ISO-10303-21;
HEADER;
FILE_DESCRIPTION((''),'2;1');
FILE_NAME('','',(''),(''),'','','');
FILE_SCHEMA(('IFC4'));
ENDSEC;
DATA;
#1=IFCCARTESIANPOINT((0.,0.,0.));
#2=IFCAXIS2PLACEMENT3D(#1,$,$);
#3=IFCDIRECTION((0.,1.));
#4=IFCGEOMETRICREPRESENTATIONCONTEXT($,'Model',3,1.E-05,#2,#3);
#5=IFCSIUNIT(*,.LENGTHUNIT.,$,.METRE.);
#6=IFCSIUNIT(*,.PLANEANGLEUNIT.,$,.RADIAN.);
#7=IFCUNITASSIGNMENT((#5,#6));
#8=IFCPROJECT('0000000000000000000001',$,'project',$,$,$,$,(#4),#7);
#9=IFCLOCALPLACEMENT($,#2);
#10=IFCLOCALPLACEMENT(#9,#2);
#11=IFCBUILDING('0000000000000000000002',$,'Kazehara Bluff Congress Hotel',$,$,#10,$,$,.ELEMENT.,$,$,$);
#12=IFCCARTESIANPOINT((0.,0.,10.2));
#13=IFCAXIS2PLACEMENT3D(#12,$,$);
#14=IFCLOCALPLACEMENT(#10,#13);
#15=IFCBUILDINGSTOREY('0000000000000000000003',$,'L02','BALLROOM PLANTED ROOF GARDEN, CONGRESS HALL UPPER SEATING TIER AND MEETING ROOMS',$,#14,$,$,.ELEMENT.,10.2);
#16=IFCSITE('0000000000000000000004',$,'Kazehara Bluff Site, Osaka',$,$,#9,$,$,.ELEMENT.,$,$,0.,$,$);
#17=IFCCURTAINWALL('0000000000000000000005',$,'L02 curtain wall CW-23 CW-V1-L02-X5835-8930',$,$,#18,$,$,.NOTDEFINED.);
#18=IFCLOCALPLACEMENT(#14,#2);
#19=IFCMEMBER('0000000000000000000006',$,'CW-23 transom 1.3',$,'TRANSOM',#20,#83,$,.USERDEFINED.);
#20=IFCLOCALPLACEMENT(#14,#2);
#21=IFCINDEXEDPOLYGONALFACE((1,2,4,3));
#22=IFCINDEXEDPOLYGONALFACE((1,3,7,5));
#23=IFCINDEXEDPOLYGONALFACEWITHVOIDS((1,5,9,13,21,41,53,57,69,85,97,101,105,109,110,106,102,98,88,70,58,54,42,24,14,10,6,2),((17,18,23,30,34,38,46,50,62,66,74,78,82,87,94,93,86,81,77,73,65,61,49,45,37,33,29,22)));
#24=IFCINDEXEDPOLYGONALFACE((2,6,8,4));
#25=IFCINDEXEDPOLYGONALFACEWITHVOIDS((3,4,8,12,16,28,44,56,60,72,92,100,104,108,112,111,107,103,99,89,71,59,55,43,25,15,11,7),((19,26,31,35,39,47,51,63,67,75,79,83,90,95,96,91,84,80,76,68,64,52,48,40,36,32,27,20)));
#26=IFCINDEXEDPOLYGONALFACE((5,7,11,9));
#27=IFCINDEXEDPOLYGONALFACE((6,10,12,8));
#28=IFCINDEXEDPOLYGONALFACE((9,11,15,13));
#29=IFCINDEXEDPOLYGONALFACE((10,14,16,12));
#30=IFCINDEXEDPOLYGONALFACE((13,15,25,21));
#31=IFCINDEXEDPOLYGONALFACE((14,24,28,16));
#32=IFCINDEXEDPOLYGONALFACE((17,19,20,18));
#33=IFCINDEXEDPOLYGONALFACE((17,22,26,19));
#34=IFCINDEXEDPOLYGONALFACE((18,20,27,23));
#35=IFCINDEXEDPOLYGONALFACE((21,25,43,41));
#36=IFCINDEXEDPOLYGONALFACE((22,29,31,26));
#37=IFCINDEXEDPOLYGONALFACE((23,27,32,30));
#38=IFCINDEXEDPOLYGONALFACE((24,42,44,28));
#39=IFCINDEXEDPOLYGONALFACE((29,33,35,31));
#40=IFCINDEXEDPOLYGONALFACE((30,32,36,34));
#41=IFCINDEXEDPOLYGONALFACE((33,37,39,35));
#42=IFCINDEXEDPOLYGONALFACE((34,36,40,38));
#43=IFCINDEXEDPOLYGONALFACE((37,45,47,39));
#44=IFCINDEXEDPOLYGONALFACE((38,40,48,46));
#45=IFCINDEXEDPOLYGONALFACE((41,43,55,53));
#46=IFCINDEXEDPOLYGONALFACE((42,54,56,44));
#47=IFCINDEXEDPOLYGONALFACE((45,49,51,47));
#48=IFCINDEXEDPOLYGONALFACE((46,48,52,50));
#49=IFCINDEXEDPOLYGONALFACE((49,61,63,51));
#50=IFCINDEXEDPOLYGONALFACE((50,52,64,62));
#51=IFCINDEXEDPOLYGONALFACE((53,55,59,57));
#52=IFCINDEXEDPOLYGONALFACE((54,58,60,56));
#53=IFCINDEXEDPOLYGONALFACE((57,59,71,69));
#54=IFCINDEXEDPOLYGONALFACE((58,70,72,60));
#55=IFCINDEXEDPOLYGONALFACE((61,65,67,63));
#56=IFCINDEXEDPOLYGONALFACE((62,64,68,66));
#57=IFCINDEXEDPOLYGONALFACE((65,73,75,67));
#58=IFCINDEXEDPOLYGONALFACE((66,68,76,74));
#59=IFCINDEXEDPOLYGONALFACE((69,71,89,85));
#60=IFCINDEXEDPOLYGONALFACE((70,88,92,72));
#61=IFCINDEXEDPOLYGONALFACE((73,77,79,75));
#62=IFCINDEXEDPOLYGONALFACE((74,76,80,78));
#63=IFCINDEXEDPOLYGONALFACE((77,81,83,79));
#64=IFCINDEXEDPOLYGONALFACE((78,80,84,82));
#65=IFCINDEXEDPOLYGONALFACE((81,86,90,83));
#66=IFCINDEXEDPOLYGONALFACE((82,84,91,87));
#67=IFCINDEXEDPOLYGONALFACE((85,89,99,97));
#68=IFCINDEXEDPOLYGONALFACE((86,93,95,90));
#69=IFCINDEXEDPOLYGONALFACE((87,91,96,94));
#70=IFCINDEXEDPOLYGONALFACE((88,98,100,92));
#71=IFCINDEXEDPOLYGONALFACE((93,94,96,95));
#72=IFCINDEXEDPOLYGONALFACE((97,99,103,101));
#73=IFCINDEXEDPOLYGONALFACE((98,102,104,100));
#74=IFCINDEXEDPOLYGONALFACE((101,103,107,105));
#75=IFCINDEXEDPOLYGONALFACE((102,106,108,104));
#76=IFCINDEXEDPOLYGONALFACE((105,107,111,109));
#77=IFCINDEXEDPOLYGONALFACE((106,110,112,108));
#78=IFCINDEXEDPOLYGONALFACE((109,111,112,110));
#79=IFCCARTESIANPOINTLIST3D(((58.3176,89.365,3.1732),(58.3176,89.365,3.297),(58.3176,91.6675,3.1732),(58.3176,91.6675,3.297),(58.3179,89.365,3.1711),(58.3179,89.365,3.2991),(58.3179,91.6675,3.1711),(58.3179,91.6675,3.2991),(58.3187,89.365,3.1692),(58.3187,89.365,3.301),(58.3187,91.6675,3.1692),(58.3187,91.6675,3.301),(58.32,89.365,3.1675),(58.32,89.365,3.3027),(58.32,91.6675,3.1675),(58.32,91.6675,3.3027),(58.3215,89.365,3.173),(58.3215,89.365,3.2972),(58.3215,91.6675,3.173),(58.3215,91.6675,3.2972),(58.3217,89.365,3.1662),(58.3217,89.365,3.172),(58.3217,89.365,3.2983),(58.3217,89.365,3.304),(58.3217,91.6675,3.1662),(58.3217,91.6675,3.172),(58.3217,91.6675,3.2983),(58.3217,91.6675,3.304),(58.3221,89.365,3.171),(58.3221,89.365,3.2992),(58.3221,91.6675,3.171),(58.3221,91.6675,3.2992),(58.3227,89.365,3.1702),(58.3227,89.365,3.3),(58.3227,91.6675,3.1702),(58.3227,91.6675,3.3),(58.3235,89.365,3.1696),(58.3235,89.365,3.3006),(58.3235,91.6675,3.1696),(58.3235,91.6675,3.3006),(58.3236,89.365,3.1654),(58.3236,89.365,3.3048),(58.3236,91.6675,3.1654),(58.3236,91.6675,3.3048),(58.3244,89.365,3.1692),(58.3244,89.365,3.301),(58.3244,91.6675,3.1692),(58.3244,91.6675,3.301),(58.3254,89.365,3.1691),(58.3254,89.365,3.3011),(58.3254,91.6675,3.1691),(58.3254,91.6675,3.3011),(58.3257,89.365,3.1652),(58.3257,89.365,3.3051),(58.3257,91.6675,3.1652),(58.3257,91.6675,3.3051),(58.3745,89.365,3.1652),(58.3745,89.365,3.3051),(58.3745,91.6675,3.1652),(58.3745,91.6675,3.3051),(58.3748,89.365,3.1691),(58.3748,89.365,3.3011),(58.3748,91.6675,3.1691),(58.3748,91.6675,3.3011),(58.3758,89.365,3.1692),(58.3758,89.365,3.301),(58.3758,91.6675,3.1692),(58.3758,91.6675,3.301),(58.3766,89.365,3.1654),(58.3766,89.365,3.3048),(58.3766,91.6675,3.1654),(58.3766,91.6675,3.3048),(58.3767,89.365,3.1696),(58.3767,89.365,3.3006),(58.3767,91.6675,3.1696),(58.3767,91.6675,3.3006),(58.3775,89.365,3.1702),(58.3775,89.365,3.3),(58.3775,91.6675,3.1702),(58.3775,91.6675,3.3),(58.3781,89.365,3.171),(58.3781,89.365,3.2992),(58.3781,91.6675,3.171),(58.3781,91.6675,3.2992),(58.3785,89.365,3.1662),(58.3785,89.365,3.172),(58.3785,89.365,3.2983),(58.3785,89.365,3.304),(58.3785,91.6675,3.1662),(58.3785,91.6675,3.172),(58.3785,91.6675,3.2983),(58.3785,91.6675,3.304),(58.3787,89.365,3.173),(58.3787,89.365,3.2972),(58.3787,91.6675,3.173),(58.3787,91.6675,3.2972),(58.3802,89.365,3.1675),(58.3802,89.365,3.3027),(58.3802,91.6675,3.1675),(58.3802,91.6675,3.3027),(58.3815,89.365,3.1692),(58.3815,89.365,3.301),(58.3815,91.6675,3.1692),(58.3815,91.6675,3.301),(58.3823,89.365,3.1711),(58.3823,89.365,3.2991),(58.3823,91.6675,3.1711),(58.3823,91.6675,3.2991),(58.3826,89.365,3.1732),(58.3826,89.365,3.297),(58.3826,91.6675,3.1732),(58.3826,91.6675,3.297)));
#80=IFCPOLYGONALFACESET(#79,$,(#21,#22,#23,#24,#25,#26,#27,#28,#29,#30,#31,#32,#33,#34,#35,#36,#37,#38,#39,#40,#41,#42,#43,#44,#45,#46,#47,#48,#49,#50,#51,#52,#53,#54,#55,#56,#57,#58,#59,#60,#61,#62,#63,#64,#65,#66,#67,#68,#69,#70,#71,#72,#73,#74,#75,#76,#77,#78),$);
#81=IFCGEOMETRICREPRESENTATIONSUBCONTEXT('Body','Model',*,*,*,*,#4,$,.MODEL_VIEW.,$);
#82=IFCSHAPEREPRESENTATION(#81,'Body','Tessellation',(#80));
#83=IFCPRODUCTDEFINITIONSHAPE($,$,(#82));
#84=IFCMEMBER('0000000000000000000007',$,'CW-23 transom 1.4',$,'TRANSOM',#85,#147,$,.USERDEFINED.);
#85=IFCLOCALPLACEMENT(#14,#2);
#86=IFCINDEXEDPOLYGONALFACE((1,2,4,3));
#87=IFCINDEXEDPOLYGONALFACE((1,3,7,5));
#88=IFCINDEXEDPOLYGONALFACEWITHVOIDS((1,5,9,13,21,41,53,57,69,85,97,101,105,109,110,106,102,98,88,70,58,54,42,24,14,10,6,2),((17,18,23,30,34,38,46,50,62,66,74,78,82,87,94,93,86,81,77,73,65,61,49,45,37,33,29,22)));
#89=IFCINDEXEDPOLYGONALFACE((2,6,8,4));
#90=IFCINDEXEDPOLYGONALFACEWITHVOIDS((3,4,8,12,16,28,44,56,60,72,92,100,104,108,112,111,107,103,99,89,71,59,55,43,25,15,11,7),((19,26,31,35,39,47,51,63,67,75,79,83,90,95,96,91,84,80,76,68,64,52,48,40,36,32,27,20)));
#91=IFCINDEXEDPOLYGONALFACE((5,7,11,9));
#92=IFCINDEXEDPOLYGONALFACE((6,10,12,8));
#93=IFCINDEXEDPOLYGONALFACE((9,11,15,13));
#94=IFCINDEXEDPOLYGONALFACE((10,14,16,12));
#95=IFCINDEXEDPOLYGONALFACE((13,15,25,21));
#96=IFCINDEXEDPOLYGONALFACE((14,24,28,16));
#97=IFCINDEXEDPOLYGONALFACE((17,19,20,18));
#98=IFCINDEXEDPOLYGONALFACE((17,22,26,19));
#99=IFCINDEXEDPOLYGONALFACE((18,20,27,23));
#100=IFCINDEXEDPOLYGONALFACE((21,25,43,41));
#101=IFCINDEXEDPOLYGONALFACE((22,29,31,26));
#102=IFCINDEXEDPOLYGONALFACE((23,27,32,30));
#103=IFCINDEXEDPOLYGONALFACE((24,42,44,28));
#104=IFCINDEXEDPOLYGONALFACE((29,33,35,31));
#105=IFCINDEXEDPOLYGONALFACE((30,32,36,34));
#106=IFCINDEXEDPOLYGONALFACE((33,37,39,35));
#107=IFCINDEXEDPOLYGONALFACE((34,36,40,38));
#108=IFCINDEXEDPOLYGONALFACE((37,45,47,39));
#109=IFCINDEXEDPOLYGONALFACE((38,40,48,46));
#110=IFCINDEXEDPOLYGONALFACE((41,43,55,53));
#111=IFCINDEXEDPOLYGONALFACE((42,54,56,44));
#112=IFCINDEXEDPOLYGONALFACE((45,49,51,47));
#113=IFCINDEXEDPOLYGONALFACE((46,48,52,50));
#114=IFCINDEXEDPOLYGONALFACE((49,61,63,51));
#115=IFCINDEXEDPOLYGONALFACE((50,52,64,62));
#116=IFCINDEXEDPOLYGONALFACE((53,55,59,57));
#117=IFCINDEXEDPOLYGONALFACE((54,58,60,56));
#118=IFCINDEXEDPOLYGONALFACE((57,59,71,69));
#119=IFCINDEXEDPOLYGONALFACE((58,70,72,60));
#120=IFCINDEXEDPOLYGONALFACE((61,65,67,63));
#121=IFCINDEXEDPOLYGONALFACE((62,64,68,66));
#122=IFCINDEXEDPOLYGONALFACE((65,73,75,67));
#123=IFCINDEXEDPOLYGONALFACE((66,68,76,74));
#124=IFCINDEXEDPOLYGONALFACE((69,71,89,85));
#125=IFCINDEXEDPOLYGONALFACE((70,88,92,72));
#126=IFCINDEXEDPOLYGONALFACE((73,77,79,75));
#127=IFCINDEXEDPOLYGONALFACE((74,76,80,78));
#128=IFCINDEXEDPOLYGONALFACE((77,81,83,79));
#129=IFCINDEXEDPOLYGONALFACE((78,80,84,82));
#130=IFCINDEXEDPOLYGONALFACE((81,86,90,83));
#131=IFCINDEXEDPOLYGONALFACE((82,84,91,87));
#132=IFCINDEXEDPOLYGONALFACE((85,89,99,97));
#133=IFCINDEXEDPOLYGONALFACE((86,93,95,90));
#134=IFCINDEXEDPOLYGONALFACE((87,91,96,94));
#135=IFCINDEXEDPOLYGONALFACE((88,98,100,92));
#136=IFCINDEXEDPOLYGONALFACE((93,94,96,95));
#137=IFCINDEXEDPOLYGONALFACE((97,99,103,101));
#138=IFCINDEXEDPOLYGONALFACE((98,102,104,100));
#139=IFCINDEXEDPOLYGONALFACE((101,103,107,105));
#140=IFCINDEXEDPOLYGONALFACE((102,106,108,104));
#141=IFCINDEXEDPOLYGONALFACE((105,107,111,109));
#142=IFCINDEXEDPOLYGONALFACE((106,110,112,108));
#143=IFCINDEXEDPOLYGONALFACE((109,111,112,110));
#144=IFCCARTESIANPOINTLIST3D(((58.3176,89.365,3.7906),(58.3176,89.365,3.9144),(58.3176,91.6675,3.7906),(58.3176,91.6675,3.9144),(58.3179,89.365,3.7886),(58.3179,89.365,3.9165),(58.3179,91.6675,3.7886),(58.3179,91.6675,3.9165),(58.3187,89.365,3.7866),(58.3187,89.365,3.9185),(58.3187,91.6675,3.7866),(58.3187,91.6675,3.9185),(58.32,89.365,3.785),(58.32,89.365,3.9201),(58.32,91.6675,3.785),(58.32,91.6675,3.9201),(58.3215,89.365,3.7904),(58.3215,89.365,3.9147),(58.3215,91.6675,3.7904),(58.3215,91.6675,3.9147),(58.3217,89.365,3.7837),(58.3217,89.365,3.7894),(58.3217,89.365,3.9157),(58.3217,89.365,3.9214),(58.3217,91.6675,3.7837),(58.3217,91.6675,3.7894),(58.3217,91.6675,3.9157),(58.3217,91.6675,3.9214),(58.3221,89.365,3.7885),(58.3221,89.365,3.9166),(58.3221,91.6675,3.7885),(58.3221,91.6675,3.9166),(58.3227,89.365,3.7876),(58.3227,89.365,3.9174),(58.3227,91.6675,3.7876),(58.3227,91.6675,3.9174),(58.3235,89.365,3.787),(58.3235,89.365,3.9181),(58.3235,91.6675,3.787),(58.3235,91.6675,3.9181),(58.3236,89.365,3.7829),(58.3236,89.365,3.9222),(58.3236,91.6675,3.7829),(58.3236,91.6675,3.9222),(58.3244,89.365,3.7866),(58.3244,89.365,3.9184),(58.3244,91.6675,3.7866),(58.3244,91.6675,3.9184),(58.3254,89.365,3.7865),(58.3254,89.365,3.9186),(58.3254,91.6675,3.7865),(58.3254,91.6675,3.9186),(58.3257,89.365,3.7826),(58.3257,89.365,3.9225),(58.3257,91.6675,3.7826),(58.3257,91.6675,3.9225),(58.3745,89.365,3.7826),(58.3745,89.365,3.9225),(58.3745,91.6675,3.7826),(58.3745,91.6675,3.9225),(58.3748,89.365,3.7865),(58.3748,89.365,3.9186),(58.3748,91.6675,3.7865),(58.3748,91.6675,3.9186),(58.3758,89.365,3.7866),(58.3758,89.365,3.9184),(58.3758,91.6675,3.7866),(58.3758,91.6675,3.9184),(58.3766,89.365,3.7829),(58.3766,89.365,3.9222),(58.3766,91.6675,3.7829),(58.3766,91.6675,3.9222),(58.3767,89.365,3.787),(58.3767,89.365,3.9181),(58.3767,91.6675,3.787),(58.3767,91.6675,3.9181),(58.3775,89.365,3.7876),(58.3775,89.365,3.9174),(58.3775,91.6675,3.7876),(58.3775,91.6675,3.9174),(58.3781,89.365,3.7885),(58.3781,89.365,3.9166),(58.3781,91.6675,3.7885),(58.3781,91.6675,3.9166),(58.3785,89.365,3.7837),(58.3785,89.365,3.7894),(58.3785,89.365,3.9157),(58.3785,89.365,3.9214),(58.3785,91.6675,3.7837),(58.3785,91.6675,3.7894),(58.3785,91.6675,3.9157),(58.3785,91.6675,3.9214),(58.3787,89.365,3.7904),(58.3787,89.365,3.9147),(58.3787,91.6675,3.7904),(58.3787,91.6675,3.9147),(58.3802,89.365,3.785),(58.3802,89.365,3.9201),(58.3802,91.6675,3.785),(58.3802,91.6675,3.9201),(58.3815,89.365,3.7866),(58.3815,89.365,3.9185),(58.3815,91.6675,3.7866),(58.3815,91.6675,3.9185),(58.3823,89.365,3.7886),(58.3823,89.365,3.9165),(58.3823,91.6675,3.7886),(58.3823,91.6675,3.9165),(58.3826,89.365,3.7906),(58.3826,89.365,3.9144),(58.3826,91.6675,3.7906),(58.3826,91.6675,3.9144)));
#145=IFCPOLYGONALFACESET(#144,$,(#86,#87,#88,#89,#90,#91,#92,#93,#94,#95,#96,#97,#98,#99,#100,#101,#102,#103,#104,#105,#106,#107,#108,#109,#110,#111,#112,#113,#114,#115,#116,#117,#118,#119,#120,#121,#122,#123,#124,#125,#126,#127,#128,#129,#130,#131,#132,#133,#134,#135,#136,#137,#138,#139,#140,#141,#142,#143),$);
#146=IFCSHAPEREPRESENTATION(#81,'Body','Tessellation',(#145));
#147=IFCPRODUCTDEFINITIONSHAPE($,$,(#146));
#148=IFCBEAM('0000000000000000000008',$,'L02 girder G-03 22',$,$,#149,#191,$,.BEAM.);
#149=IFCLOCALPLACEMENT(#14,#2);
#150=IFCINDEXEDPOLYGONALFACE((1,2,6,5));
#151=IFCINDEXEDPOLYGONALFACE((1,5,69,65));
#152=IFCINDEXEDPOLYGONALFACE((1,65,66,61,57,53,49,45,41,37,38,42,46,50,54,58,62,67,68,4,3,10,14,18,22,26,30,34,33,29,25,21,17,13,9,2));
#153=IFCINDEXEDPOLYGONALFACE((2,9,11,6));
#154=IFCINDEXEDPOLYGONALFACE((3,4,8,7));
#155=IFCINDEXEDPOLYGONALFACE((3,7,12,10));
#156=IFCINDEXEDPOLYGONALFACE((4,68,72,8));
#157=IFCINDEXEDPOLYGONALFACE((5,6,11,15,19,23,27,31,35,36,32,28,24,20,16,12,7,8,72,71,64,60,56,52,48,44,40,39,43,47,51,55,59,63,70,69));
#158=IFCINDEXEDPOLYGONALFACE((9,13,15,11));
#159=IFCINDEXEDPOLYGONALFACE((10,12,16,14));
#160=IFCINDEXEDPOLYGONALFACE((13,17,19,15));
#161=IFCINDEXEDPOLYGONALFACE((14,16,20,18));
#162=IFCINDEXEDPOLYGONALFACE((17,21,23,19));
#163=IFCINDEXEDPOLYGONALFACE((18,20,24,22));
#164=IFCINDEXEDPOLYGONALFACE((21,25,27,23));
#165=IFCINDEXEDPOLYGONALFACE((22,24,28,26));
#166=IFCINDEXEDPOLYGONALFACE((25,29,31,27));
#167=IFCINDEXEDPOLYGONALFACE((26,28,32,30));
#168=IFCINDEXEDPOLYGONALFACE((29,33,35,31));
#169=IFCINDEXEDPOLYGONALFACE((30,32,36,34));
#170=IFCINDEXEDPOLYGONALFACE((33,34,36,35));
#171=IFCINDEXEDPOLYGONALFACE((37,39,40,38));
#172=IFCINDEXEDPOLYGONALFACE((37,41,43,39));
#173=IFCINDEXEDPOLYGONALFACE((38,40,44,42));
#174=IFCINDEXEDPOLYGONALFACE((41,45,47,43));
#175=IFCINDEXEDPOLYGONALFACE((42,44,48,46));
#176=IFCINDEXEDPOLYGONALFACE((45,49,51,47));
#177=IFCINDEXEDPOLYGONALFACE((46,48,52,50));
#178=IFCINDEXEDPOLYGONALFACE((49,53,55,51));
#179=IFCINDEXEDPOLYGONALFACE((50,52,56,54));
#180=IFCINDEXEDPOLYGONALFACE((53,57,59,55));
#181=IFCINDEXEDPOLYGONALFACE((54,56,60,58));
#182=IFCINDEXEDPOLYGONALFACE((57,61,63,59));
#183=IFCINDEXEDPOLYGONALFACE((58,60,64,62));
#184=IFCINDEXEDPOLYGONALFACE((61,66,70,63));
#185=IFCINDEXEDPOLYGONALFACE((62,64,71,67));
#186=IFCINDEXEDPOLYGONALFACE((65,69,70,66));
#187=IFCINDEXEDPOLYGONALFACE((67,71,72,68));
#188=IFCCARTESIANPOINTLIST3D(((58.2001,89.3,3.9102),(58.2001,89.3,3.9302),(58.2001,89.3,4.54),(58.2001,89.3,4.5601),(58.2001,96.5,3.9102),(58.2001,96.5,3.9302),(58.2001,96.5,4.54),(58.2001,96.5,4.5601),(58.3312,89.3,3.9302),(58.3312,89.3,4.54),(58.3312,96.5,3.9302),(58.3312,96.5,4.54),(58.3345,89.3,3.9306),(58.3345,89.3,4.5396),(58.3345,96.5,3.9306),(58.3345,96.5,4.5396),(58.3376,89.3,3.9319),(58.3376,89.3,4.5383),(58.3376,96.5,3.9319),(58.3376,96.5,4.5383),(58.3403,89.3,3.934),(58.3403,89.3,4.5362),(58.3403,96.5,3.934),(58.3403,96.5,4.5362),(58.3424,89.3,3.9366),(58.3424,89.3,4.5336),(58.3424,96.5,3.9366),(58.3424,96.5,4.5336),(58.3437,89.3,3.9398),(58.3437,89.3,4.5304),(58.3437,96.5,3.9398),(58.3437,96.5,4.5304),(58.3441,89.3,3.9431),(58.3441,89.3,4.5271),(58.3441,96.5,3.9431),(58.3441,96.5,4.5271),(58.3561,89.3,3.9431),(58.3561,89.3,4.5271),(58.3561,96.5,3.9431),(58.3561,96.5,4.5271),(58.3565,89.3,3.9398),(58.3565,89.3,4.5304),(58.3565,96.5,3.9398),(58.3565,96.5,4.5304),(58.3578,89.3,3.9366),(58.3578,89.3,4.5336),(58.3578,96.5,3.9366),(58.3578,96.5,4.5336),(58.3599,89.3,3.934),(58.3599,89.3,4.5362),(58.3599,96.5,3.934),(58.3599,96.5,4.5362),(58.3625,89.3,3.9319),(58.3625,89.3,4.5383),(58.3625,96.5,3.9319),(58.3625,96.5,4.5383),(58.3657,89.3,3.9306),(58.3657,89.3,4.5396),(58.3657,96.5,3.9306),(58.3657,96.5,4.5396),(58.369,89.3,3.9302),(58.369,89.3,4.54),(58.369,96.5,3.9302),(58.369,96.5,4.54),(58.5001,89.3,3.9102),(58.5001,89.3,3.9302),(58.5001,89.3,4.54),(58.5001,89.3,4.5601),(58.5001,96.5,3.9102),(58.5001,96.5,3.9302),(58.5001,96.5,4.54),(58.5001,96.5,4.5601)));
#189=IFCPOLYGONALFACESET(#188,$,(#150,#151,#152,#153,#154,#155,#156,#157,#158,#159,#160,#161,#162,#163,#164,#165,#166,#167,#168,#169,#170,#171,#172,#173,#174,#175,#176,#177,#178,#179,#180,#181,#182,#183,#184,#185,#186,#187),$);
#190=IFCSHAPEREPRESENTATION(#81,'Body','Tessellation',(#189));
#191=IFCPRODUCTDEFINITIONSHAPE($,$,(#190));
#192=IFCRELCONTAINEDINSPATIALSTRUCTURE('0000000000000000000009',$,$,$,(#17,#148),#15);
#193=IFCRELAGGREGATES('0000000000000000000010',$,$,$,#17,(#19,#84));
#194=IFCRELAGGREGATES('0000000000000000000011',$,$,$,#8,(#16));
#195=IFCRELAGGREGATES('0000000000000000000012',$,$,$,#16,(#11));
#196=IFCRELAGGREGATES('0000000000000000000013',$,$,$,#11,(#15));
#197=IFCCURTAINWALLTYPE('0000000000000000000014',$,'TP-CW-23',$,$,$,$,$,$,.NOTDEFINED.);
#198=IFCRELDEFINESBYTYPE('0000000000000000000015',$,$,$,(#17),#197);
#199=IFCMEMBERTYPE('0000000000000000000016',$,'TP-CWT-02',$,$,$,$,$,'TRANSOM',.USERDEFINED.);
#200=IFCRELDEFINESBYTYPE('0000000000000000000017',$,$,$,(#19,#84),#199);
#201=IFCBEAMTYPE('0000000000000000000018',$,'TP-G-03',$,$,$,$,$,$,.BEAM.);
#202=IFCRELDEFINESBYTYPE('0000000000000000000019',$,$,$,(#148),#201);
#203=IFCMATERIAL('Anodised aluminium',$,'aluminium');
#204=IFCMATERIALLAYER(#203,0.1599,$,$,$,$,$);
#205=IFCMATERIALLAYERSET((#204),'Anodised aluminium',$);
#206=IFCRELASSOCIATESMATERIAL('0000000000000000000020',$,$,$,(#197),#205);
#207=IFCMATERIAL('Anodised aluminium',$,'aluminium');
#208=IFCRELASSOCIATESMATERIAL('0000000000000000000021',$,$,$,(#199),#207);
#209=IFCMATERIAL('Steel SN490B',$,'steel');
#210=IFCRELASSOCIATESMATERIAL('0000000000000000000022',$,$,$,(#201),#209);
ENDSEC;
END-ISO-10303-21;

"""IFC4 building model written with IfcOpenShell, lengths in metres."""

from ifc_helpers import new_model, si_unit, direction, frame, origin, origin_2d, place, context, subcontext, project, spatial, hollow_rectangle, i_section, extrude, material, layer, layer_set, material_profile, profile_set, type_object, element, aggregate, save


model = new_model("IFC4")

# Units and contexts
model_context = context("Model", 3, precision=1e-05, world=origin(), true_north=direction((0.0, 1.0)))
body_context = subcontext(model_context, "Body", "Model", "MODEL_VIEW")
ifc_project = project(units=[si_unit("LENGTHUNIT", "METRE"), si_unit("PLANEANGLEUNIT", "RADIAN")], contexts=[model_context])

# Site, building, storey
site_placement = place(None, origin())
site = spatial("IfcSite", under=ifc_project, at=site_placement, Name="Kazehara Bluff Site, Osaka", CompositionType="ELEMENT", RefElevation=0.0)
building_placement = place(site_placement, origin())
building = spatial("IfcBuilding", under=site, at=building_placement, Name="Kazehara Bluff Congress Hotel", CompositionType="ELEMENT")
storey_placement = place(building_placement, frame((0.0, 0.0, 10.2)))
storey = spatial("IfcBuildingStorey", under=building, at=storey_placement, Name="L02", Description="BALLROOM PLANTED ROOF GARDEN, CONGRESS HALL UPPER SEATING TIER AND MEETING ROOMS", CompositionType="ELEMENT", Elevation=10.2)

# Curtain wall
ifc_material_1 = material(Name="Anodised aluminium", Category="aluminium")
ifc_layer_1 = layer(ifc_material_1, 0.1599)
ifc_layer_set_1 = layer_set([ifc_layer_1], Name="Anodised aluminium")
curtain_wall_type = type_object("IfcCurtainWallType", Name="TP-CW-23", PredefinedType="NOTDEFINED", material=ifc_layer_set_1)
curtain_wall_1_placement = place(storey_placement, origin())
curtain_wall_1 = element("IfcCurtainWall", 1, at=curtain_wall_1_placement, inside=storey, type_object=curtain_wall_type, Name="L02 curtain wall CW-23 CW-V1-L02-X5835-8930", PredefinedType="NOTDEFINED")

# Members
ifc_material_2 = material(Name="Anodised aluminium", Category="aluminium")
ifc_material_profile_1 = material_profile(ifc_material_2, hollow_rectangle(XDim=0.0649, YDim=0.1399, WallThickness=0.0039, InnerFilletRadius=0.0039, OuterFilletRadius=0.0081, at=origin_2d()))
ifc_profile_set_1 = profile_set([ifc_material_profile_1], Name="Anodised aluminium")
member_type_1 = type_object("IfcMemberType", Name="TP-CWT-02", ElementType="TRANSOM", PredefinedType="USERDEFINED", material=ifc_profile_set_1)
member_1_placement = place(storey_placement, frame((58.3501, 89.365, 3.2351), z_axis=(0.0, 1.0, 0.0), x_axis=(-1.0, 0.0, 0.0)))
member_1 = element("IfcMember", 2, at=member_1_placement, type_object=member_type_1, Name="CW-23 transom 1.3", ObjectType="TRANSOM", PredefinedType="USERDEFINED", context=body_context, shape_type="SweptSolid", body=[
    extrude(hollow_rectangle(XDim=0.0649, YDim=0.1399, WallThickness=0.0039, InnerFilletRadius=0.0039, OuterFilletRadius=0.0081, at=origin_2d()), origin(), (0.0, 0.0, 1.0), 2.3025),
])
member_2_placement = place(storey_placement, frame((58.3501, 89.365, 3.8525), z_axis=(0.0, 1.0, 0.0), x_axis=(-1.0, 0.0, 0.0)))
member_2 = element("IfcMember", 3, at=member_2_placement, type_object=member_type_1, Name="CW-23 transom 1.4", ObjectType="TRANSOM", PredefinedType="USERDEFINED", context=body_context, shape_type="SweptSolid", body=[
    extrude(hollow_rectangle(XDim=0.0649, YDim=0.1399, WallThickness=0.0039, InnerFilletRadius=0.0039, OuterFilletRadius=0.0081, at=origin_2d()), origin(), (0.0, 0.0, 1.0), 2.3025),
])

# Beam
ifc_material_3 = material(Name="Steel SN490B", Category="steel")
ifc_material_profile_2 = material_profile(ifc_material_3, i_section(OverallWidth=0.3, OverallDepth=0.6499, WebThickness=0.012, FlangeThickness=0.02, FilletRadius=0.0129, at=origin_2d()))
ifc_profile_set_2 = profile_set([ifc_material_profile_2], Name="Steel SN490B")
beam_type = type_object("IfcBeamType", Name="TP-G-03", PredefinedType="BEAM", material=ifc_profile_set_2)
beam_placement = place(storey_placement, frame((58.3501, 89.3, 4.2351), z_axis=(0.0, 1.0, 0.0), x_axis=(-1.0, 0.0, 0.0)))
element("IfcBeam", 4, at=beam_placement, inside=storey, type_object=beam_type, Name="L02 girder G-03 22", PredefinedType="BEAM", context=body_context, shape_type="SweptSolid", body=[
    extrude(i_section(OverallWidth=0.3, OverallDepth=0.6499, WebThickness=0.012, FlangeThickness=0.02, FilletRadius=0.0129, at=origin_2d()), origin(), (0.0, 0.0, 1.0), 7.2),
])

aggregate(curtain_wall_1, [member_1, member_2])

save(model, "model.ifc")
